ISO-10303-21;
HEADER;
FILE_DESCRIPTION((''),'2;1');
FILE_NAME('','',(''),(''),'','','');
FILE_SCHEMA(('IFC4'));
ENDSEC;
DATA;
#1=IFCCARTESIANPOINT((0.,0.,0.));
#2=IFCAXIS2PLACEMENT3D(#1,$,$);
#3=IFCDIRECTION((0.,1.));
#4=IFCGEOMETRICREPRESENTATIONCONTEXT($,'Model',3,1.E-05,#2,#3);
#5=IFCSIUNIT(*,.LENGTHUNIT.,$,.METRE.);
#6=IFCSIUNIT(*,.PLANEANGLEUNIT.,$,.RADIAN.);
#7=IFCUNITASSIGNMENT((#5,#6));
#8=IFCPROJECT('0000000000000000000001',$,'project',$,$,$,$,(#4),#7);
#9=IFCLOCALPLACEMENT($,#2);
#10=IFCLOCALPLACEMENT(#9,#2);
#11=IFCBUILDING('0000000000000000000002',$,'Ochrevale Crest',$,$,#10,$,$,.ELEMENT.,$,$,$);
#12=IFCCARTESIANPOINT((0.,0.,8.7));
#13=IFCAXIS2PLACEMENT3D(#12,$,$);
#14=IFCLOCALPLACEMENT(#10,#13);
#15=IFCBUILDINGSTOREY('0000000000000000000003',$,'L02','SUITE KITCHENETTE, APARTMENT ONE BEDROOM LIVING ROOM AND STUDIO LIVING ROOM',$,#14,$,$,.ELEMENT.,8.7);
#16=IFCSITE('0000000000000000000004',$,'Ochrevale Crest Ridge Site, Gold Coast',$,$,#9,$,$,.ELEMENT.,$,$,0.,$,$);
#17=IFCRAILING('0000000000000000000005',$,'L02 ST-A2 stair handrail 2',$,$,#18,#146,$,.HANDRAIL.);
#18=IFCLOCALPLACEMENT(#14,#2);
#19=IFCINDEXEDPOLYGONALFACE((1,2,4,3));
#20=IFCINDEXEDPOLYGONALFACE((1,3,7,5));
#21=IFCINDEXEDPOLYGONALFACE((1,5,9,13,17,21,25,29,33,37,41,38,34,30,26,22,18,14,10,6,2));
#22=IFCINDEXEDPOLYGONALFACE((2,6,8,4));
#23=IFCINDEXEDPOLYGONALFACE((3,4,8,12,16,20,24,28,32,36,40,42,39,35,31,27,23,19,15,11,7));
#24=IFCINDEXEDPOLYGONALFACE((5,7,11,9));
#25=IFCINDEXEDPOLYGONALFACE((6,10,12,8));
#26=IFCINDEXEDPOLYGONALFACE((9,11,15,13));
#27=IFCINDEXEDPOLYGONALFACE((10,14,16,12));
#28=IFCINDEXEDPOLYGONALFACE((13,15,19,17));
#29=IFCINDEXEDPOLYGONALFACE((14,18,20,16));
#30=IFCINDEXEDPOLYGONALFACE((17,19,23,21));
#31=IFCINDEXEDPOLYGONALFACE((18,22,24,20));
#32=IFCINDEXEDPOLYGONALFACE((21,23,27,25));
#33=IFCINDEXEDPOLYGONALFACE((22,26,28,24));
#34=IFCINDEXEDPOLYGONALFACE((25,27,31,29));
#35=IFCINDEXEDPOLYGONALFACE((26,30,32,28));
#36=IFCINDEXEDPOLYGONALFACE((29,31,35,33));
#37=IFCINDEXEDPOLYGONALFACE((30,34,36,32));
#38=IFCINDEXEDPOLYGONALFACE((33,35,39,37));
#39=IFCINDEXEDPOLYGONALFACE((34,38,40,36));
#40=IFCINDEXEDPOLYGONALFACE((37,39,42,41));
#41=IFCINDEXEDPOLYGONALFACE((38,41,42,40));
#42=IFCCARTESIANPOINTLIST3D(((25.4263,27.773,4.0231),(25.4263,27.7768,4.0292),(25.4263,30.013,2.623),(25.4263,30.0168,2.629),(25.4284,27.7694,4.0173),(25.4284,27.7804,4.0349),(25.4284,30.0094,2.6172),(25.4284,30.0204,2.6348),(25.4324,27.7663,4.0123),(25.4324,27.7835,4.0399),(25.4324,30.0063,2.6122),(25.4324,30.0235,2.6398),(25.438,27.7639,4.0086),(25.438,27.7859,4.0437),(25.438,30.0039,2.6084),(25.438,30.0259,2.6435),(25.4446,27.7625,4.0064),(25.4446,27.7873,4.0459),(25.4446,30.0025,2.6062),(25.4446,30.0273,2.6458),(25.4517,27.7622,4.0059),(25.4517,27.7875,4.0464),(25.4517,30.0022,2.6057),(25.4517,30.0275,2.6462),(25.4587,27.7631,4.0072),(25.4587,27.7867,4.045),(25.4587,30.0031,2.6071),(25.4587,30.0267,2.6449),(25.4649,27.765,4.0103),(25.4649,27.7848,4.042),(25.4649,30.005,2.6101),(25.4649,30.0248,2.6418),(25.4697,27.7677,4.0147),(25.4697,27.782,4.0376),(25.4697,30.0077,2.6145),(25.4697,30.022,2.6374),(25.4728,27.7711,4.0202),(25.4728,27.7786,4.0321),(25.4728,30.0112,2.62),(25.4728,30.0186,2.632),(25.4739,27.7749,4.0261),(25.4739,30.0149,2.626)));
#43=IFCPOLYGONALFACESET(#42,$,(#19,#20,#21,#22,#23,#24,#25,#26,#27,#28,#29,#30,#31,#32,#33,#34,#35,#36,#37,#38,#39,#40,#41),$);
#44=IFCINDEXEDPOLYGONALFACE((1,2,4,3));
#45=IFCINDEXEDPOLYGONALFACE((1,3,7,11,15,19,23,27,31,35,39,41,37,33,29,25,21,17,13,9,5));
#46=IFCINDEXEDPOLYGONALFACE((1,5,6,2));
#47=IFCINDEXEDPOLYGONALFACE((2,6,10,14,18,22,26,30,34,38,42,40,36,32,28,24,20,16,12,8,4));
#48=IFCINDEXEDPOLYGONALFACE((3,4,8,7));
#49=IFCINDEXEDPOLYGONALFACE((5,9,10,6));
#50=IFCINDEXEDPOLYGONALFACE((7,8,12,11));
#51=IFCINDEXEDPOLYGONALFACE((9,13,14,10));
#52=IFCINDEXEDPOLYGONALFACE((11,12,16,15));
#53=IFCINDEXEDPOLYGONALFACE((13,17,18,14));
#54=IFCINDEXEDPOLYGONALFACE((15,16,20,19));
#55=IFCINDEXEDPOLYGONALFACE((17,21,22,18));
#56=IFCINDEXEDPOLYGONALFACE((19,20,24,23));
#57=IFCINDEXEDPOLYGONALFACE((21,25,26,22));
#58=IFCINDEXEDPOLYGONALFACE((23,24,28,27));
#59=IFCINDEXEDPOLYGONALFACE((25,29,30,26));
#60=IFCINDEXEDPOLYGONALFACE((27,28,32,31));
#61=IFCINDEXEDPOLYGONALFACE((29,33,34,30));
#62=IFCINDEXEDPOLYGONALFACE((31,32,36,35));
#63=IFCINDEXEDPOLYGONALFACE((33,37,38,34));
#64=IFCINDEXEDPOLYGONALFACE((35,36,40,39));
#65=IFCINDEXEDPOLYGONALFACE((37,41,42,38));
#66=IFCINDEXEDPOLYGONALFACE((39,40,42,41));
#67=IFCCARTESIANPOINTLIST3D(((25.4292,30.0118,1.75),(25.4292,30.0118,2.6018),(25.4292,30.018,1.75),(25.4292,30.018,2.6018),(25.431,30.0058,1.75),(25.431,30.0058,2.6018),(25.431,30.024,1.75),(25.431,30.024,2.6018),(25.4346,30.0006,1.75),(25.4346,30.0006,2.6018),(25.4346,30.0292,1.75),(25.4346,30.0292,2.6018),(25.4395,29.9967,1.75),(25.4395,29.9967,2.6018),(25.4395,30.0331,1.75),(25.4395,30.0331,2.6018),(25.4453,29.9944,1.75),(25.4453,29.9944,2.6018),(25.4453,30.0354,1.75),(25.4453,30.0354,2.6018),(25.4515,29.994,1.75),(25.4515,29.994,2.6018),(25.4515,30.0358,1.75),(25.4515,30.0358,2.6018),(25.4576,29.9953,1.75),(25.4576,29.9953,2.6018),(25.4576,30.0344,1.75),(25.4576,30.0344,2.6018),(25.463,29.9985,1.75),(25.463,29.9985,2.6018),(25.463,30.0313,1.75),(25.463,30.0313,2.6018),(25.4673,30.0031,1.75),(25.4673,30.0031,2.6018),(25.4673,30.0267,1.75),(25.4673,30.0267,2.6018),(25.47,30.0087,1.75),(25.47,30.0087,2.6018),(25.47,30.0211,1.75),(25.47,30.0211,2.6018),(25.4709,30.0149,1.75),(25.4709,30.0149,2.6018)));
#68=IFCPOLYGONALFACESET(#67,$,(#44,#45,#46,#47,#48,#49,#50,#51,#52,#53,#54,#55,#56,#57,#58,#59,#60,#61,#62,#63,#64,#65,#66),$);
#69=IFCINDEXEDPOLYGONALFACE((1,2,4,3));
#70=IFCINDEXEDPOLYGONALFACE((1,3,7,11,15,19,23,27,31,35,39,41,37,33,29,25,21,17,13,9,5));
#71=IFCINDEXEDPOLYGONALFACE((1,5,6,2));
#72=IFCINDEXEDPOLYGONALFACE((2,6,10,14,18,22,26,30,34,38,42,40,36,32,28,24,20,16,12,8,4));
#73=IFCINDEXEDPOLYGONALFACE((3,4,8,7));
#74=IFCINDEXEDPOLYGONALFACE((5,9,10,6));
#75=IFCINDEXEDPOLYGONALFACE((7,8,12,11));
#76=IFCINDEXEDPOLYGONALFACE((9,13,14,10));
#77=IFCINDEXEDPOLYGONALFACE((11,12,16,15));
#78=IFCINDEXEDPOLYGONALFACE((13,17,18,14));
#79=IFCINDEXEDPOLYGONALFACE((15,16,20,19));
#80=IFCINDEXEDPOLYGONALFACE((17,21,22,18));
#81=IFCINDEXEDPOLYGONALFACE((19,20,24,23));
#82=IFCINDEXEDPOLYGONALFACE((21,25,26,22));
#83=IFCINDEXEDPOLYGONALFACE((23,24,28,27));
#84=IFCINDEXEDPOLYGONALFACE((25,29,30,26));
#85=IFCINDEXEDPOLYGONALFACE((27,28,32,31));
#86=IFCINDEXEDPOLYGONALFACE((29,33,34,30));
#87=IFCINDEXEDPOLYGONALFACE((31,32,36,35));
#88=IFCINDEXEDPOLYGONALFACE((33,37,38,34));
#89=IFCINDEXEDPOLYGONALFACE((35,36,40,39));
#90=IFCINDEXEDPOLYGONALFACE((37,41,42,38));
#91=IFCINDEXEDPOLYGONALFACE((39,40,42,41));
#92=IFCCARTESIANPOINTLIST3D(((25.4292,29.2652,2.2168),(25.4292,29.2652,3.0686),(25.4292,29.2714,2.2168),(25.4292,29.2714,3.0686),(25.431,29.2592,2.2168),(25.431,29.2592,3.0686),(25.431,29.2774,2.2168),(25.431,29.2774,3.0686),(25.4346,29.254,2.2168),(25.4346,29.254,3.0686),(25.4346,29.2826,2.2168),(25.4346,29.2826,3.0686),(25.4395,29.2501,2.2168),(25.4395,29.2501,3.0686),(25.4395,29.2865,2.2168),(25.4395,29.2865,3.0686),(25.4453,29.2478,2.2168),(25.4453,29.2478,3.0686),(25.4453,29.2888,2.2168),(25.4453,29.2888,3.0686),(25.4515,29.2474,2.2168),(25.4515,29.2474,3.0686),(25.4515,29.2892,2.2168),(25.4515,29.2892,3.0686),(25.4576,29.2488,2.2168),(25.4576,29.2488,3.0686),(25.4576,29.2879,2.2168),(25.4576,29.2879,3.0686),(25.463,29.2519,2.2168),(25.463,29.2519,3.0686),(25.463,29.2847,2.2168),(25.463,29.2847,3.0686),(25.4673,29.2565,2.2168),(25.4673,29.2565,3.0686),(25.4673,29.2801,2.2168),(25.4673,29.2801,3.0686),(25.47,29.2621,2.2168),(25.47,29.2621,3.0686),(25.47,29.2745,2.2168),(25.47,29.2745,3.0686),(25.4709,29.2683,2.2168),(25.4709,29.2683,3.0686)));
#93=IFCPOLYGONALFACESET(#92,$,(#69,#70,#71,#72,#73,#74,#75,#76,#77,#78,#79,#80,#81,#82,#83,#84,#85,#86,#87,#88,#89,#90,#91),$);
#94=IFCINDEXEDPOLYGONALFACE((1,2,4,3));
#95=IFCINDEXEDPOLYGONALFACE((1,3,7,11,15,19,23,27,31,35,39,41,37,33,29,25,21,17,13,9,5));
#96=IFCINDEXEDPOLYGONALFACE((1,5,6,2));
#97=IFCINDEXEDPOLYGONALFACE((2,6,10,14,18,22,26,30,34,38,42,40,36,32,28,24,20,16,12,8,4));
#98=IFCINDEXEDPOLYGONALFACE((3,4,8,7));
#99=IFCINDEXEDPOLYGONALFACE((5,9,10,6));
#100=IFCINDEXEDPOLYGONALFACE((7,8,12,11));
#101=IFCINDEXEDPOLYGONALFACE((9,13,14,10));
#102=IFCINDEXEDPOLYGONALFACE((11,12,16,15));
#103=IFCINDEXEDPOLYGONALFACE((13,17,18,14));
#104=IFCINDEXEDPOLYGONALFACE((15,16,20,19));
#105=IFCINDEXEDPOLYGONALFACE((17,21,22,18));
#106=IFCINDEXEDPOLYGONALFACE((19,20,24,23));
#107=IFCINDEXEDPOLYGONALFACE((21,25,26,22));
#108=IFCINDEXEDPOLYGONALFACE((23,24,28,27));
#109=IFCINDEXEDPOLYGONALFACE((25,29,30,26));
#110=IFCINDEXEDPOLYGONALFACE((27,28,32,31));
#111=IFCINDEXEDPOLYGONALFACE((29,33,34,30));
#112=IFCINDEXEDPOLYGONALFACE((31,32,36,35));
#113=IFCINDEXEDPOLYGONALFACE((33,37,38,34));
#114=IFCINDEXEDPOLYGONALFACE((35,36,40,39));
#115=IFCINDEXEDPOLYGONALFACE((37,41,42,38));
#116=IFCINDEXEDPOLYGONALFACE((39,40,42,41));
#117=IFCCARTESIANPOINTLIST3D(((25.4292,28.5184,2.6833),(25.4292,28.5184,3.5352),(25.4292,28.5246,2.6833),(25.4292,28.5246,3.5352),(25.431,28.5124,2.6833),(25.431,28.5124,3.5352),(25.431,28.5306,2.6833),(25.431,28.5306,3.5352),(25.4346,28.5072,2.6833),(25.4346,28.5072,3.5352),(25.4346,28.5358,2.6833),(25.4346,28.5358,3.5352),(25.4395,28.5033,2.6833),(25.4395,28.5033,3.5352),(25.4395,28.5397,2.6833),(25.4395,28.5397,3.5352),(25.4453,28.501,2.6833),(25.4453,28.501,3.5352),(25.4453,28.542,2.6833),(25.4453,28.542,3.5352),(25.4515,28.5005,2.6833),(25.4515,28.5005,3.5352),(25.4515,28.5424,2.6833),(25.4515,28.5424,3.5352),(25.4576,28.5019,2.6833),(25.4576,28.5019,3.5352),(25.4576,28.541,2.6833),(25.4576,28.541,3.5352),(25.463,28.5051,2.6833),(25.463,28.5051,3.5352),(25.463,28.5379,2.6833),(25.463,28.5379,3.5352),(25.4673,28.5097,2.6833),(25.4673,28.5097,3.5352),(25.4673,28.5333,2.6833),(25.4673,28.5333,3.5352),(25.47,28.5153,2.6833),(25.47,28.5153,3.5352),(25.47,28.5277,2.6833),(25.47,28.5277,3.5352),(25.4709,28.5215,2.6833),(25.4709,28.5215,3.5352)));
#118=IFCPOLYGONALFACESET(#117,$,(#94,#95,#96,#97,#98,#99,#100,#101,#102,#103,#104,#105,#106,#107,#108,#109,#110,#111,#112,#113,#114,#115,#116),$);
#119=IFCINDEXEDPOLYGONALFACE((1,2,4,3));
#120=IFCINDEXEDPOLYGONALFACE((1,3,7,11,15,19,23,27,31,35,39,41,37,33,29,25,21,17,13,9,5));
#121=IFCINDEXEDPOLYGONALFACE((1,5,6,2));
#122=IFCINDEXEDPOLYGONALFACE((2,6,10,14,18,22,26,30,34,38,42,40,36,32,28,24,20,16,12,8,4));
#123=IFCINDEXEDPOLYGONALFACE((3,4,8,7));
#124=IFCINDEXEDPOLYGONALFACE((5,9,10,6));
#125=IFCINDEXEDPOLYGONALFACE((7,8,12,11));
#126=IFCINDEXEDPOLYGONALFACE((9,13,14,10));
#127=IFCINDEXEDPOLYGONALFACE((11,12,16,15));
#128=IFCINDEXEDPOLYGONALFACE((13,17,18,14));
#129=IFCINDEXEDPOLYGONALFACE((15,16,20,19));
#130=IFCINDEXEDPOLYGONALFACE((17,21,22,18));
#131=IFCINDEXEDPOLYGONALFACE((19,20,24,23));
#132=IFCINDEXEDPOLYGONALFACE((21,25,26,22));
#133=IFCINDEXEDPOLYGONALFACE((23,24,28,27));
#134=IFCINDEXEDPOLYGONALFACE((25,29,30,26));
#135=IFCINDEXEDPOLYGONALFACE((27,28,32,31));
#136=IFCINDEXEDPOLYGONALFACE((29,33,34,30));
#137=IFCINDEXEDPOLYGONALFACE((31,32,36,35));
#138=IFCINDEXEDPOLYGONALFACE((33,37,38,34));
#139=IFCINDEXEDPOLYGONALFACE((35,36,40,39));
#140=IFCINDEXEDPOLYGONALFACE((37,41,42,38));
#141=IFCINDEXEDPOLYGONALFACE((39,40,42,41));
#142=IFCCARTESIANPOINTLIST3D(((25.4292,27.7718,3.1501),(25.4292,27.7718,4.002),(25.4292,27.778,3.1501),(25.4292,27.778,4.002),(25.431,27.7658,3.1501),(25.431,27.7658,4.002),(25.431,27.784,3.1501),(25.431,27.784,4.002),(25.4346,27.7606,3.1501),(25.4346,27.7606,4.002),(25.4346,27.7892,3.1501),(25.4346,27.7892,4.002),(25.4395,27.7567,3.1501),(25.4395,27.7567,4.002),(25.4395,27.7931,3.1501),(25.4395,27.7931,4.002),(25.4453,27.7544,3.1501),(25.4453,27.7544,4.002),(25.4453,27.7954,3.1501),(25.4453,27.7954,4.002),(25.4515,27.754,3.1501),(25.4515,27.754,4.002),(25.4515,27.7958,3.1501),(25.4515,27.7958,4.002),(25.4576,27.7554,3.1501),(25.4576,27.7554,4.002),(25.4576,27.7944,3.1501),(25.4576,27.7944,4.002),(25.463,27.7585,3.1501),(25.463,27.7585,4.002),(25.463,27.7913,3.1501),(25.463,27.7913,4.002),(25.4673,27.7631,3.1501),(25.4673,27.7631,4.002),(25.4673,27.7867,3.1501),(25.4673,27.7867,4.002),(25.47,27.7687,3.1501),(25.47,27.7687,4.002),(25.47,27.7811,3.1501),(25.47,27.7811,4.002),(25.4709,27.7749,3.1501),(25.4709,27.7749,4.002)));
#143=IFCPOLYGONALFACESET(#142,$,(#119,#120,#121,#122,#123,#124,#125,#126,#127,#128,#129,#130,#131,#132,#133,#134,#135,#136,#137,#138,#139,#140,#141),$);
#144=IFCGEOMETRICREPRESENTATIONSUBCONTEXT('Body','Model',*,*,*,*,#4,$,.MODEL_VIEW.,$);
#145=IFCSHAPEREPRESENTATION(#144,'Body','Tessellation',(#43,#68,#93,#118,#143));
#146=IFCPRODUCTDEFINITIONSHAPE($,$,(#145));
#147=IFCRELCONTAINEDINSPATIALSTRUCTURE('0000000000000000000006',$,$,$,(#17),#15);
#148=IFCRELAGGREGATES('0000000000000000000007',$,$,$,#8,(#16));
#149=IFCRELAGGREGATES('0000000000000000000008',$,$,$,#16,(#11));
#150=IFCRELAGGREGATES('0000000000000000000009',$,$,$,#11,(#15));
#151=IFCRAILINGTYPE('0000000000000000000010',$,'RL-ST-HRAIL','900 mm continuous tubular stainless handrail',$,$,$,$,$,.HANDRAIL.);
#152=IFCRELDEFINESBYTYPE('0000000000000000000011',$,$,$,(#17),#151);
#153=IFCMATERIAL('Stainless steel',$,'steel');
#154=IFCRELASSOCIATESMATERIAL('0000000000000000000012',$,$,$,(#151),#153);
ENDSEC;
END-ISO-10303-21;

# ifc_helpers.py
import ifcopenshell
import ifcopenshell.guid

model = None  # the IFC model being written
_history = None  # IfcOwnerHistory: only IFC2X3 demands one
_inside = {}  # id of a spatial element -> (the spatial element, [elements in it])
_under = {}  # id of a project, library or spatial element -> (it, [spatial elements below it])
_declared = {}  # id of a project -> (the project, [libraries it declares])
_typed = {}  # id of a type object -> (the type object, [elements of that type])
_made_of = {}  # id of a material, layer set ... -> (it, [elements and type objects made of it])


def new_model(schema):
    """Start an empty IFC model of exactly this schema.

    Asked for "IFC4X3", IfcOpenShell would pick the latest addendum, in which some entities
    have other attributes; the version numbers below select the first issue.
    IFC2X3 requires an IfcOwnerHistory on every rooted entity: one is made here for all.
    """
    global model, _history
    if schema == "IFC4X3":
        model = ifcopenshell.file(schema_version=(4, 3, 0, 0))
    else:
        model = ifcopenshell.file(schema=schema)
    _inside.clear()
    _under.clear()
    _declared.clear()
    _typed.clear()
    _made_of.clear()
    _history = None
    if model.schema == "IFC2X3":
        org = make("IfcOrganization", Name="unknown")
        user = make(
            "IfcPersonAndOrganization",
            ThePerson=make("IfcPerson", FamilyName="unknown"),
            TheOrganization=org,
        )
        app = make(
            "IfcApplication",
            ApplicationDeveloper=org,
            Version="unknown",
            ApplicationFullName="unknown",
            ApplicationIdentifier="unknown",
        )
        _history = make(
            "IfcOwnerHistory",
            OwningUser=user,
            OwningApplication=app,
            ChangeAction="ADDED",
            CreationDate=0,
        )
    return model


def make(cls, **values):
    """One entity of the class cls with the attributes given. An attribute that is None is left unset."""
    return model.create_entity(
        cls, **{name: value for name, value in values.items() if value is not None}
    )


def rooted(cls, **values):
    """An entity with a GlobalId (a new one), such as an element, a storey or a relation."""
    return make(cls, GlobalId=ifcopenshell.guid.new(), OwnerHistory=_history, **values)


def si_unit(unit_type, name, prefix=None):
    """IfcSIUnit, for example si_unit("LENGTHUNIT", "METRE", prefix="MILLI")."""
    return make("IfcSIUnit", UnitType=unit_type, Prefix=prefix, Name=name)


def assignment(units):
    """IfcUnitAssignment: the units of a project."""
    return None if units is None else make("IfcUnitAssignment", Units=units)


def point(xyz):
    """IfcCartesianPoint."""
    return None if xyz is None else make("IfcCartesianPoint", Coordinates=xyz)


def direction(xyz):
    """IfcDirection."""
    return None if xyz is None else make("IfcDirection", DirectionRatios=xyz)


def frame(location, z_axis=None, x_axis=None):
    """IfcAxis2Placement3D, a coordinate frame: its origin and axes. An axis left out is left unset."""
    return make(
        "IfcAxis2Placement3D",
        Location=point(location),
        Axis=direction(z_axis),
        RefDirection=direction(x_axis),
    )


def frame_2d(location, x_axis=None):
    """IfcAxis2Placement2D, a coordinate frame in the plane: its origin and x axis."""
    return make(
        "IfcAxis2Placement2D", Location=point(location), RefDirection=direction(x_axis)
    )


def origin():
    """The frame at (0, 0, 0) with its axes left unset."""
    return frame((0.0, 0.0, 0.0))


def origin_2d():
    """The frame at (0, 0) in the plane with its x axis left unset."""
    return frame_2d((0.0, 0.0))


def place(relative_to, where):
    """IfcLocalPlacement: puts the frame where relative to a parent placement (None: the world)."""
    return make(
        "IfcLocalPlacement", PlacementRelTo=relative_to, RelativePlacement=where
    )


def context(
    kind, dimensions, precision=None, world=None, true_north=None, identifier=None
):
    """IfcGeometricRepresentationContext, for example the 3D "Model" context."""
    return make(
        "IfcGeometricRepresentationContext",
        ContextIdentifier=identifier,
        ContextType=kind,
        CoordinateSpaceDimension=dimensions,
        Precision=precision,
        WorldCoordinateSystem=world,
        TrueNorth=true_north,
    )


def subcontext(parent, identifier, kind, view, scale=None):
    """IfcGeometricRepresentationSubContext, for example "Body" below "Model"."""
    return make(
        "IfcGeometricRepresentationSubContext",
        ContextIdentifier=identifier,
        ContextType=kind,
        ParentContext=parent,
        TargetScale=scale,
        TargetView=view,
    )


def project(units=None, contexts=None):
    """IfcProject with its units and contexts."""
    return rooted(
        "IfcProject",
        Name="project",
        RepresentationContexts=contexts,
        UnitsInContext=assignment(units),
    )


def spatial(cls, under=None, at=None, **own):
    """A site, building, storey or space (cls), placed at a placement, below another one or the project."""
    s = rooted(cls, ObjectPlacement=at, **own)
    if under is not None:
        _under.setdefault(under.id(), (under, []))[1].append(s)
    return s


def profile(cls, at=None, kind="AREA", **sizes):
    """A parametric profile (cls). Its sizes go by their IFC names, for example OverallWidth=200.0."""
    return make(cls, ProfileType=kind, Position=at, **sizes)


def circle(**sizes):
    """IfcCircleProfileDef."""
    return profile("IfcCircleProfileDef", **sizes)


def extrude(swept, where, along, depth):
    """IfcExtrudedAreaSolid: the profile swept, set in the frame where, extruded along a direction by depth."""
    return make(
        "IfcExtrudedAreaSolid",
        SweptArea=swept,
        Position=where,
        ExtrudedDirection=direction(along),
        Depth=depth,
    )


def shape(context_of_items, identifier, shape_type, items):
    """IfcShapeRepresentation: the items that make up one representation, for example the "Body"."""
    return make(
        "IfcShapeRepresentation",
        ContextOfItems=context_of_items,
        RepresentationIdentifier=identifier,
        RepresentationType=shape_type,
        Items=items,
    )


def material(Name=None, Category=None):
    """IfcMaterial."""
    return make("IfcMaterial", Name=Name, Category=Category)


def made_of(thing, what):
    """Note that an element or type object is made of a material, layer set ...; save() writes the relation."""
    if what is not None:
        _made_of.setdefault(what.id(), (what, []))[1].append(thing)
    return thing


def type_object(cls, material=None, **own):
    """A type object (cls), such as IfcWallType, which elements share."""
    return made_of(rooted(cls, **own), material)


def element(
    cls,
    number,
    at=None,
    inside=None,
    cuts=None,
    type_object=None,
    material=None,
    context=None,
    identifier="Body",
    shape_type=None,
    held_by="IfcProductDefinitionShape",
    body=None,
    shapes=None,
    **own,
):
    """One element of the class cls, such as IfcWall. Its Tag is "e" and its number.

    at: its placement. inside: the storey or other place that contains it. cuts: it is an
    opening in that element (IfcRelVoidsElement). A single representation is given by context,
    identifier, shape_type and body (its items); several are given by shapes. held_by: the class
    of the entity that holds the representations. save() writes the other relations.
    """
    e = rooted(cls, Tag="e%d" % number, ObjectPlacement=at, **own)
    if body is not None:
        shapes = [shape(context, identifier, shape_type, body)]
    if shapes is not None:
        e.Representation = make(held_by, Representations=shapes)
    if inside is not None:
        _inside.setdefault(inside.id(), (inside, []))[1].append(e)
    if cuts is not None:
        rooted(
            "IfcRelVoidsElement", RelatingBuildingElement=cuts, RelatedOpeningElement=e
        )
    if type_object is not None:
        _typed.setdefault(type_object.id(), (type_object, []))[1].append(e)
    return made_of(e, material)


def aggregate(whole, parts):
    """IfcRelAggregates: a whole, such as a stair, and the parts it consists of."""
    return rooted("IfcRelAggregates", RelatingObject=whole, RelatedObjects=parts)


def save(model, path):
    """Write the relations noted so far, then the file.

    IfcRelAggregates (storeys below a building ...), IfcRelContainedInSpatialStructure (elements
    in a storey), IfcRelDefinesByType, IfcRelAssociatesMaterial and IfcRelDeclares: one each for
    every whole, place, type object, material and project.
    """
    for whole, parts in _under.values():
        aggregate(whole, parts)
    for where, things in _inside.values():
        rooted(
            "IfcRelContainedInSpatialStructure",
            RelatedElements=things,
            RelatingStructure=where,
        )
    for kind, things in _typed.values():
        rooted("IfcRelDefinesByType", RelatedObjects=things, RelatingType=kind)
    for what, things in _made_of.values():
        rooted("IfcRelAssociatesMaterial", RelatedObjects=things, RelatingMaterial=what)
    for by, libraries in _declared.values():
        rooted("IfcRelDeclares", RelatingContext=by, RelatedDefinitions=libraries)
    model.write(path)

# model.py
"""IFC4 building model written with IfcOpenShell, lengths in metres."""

from ifc_helpers import new_model, si_unit, direction, frame, origin, origin_2d, place, context, subcontext, project, spatial, circle, extrude, material, type_object, element, save


model = new_model("IFC4")

# Units and contexts
model_context = context("Model", 3, precision=1e-05, world=origin(), true_north=direction((0.0, 1.0)))
body_context = subcontext(model_context, "Body", "Model", "MODEL_VIEW")
ifc_project = project(units=[si_unit("LENGTHUNIT", "METRE"), si_unit("PLANEANGLEUNIT", "RADIAN")], contexts=[model_context])

# Site, building, storey
site_placement = place(None, origin())
site = spatial("IfcSite", under=ifc_project, at=site_placement, Name="Ochrevale Crest Ridge Site, Gold Coast", CompositionType="ELEMENT", RefElevation=0.0)
building_placement = place(site_placement, origin())
building = spatial("IfcBuilding", under=site, at=building_placement, Name="Ochrevale Crest", CompositionType="ELEMENT")
storey_placement = place(building_placement, frame((0.0, 0.0, 8.7)))
storey = spatial("IfcBuildingStorey", under=building, at=storey_placement, Name="L02", Description="SUITE KITCHENETTE, APARTMENT ONE BEDROOM LIVING ROOM AND STUDIO LIVING ROOM", CompositionType="ELEMENT", Elevation=8.7)

# Railing
ifc_material_1 = material(Name="Stainless steel", Category="steel")
railing_type_1 = type_object("IfcRailingType", Name="RL-ST-HRAIL", Description="900 mm continuous tubular stainless handrail", PredefinedType="HANDRAIL", material=ifc_material_1)
railing_1_placement = place(storey_placement, frame((25.45, 30.0149, 1.75)))
element("IfcRailing", 1, at=railing_1_placement, inside=storey, type_object=railing_type_1, Name="L02 ST-A2 stair handrail 2", PredefinedType="HANDRAIL", context=body_context, shape_type="SweptSolid", body=[
    extrude(circle(Radius=0.0239, at=origin_2d()), frame((0.0, 0.0, 0.876), z_axis=(0.0, -0.847972, 0.53004), x_axis=(1.0, 0.0, 0.0)), (0.0, 0.0, 1.0), 2.6416),
    extrude(circle(Radius=0.021, at=origin_2d()), origin(), (0.0, 0.0, 1.0), 0.8518),
    extrude(circle(Radius=0.021, at=origin_2d()), frame((0.0, -0.7466, 0.4668)), (0.0, 0.0, 1.0), 0.8518),
    extrude(circle(Radius=0.021, at=origin_2d()), frame((0.0, -1.4934, 0.9333)), (0.0, 0.0, 1.0), 0.8518),
    extrude(circle(Radius=0.021, at=origin_2d()), frame((0.0, -2.24, 1.4001)), (0.0, 0.0, 1.0), 0.8518),
])

save(model, "model.ifc")
